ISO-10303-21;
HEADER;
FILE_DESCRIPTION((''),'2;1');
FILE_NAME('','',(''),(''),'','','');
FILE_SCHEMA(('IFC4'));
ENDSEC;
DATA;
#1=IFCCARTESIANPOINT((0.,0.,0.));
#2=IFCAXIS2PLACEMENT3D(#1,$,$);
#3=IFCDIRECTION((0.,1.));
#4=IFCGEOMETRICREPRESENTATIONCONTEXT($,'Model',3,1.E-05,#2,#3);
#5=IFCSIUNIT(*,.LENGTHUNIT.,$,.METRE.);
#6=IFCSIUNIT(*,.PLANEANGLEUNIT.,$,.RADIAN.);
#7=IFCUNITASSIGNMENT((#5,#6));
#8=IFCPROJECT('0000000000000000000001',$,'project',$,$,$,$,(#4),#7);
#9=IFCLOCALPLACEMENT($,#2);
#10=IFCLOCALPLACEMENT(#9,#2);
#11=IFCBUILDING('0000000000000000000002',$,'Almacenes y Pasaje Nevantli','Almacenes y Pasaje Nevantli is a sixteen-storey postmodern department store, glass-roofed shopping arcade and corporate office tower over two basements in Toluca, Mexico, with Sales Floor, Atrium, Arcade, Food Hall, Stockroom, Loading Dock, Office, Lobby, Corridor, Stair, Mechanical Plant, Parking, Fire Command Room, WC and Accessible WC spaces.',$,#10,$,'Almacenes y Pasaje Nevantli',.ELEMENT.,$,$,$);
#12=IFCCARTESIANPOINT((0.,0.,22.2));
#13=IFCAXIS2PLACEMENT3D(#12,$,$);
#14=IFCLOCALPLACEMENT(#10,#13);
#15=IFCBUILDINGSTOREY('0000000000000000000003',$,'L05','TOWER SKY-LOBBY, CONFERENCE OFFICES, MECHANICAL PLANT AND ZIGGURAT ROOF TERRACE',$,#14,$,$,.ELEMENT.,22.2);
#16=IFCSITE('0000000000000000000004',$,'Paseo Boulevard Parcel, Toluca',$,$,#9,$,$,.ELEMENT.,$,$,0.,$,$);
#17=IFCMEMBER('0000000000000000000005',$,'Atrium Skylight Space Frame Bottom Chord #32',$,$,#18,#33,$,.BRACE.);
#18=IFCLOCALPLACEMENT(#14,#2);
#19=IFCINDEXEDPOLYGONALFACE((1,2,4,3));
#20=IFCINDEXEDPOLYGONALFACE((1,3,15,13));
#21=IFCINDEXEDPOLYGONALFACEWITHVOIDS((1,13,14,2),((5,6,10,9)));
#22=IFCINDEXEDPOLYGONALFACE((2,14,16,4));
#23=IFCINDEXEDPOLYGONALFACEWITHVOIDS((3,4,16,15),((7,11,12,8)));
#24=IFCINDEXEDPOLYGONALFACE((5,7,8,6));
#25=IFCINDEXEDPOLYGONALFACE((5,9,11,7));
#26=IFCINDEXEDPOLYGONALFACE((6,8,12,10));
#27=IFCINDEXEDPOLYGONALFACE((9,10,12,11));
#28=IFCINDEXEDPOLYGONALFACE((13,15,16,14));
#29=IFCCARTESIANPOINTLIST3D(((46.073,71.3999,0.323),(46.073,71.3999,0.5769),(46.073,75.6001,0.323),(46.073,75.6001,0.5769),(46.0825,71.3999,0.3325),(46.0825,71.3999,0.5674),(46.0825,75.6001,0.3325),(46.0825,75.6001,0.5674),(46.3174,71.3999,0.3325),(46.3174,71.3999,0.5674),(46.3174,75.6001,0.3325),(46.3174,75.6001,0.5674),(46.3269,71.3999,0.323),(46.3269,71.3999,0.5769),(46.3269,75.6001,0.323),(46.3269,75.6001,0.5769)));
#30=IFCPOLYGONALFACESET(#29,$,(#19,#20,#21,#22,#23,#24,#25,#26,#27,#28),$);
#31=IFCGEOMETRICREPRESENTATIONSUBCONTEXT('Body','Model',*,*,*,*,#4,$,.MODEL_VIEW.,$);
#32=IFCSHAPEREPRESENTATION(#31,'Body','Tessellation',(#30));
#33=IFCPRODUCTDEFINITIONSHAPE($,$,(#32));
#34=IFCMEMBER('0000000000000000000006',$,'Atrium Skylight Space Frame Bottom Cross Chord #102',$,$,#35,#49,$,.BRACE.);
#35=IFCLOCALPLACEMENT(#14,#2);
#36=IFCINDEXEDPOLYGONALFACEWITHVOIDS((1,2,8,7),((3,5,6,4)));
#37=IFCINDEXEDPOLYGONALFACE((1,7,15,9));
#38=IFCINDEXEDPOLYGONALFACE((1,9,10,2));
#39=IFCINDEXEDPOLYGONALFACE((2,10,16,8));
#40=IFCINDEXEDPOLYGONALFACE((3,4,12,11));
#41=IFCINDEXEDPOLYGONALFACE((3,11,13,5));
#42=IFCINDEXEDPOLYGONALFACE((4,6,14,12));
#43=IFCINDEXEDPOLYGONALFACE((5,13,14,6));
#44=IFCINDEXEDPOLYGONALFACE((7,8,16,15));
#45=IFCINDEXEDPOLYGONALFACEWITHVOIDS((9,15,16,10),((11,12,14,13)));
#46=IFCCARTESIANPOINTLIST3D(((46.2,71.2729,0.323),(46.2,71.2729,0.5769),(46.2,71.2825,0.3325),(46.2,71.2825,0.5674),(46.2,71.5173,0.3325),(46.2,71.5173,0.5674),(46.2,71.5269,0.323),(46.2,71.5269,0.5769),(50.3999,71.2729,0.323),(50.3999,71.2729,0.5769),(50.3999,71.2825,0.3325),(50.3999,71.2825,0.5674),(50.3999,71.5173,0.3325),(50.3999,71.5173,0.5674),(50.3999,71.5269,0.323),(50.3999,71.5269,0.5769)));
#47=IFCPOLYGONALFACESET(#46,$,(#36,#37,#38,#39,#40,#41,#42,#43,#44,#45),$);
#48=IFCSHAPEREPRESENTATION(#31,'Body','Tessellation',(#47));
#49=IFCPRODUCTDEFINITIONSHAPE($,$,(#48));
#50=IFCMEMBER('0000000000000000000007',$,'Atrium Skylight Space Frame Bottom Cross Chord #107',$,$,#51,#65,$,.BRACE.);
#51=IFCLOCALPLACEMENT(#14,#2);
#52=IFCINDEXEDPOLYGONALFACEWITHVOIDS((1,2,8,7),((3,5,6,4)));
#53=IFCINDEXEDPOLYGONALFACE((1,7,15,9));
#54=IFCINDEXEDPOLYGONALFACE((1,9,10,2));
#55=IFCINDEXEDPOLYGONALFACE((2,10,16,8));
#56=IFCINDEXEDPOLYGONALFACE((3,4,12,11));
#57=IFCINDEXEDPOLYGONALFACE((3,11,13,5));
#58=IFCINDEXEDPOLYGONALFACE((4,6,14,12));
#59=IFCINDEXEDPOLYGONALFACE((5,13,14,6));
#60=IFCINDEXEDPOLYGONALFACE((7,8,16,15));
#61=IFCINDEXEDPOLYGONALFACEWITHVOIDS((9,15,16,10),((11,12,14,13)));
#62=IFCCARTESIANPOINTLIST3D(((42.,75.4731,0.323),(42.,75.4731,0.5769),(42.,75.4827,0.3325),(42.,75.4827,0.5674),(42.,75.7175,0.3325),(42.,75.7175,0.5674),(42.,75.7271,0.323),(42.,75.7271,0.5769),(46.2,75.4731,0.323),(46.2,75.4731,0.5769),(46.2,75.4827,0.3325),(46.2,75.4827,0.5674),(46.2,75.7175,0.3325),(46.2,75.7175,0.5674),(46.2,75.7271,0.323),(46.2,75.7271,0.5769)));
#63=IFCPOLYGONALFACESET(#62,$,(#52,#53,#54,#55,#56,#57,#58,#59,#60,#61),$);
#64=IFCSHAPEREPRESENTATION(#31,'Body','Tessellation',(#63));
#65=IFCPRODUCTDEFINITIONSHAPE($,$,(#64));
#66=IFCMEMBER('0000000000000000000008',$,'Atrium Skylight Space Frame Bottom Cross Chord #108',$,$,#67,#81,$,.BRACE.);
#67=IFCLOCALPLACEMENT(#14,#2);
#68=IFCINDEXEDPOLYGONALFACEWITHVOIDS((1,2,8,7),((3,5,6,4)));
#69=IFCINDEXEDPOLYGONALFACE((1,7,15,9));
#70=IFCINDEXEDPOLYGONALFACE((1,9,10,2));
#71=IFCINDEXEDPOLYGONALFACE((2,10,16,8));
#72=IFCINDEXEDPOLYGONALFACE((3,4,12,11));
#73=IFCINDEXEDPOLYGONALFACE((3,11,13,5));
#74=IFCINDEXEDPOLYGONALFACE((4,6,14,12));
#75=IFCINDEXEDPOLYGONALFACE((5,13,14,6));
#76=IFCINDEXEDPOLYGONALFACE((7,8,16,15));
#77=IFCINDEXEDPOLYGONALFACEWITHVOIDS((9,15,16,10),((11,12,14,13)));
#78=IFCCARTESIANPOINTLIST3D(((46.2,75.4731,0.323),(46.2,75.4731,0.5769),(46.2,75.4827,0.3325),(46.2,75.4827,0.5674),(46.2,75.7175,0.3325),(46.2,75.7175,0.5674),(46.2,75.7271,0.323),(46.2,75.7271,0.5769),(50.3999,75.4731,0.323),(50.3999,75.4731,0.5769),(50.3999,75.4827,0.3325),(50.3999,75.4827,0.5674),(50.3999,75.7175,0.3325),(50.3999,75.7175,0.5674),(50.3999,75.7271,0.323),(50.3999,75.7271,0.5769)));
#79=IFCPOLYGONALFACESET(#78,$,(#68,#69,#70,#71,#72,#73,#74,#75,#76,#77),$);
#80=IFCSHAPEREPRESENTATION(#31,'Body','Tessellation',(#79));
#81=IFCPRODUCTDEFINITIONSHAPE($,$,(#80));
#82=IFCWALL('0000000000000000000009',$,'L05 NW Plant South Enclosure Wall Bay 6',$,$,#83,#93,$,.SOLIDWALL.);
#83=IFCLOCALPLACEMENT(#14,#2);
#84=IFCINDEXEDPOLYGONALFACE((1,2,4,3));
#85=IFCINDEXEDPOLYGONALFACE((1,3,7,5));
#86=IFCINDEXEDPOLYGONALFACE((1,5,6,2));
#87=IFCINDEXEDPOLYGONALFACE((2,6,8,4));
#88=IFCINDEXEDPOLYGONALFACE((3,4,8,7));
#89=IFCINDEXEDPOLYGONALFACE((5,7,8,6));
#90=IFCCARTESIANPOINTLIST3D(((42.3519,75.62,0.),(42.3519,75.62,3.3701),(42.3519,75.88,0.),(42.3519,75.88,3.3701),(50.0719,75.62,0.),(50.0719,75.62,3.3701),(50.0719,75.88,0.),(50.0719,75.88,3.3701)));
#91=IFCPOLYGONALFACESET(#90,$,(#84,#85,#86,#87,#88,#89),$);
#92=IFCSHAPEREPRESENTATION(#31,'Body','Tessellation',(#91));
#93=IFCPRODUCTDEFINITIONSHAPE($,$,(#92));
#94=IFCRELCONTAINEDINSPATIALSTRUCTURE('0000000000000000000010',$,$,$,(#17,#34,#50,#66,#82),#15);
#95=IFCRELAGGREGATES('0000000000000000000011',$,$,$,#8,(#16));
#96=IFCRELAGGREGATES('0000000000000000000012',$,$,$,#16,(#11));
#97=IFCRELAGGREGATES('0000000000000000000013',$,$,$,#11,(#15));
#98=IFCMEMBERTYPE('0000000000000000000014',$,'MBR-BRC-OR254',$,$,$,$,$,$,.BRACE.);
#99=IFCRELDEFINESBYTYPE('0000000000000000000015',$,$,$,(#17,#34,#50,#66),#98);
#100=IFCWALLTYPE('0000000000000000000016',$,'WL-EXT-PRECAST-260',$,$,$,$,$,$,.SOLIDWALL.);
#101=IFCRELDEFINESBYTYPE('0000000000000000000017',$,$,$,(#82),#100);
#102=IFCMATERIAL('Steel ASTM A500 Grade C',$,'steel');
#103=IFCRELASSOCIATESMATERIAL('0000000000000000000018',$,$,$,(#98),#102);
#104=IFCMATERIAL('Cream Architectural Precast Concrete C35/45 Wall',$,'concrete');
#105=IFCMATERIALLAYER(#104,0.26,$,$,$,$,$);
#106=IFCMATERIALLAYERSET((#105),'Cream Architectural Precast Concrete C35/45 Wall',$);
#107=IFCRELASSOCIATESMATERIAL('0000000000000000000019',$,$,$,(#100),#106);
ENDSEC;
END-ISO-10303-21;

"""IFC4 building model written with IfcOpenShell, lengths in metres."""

from ifc_helpers import new_model, si_unit, direction, frame, frame_2d, origin, origin_2d, place, context, subcontext, project, spatial, rectangle, hollow_rectangle, extrude, material, layer, layer_set, material_profile, profile_set, type_object, element, save


model = new_model("IFC4")

# Units and contexts
model_context = context("Model", 3, precision=1e-05, world=origin(), true_north=direction((0.0, 1.0)))
body_context = subcontext(model_context, "Body", "Model", "MODEL_VIEW")
ifc_project = project(units=[si_unit("LENGTHUNIT", "METRE"), si_unit("PLANEANGLEUNIT", "RADIAN")], contexts=[model_context])

# Site, building, storey
site_placement = place(None, origin())
site = spatial("IfcSite", under=ifc_project, at=site_placement, Name="Paseo Boulevard Parcel, Toluca", CompositionType="ELEMENT", RefElevation=0.0)
building_placement = place(site_placement, origin())
building = spatial("IfcBuilding", under=site, at=building_placement, Name="Almacenes y Pasaje Nevantli", Description="Almacenes y Pasaje Nevantli is a sixteen-storey postmodern department store, glass-roofed shopping arcade and corporate office tower over two basements in Toluca, Mexico, with Sales Floor, Atrium, Arcade, Food Hall, Stockroom, Loading Dock, Office, Lobby, Corridor, Stair, Mechanical Plant, Parking, Fire Command Room, WC and Accessible WC spaces.", LongName="Almacenes y Pasaje Nevantli", CompositionType="ELEMENT")
storey_placement = place(building_placement, frame((0.0, 0.0, 22.2)))
storey = spatial("IfcBuildingStorey", under=building, at=storey_placement, Name="L05", Description="TOWER SKY-LOBBY, CONFERENCE OFFICES, MECHANICAL PLANT AND ZIGGURAT ROOF TERRACE", CompositionType="ELEMENT", Elevation=22.2)

# Members
ifc_material_1 = material(Name="Steel ASTM A500 Grade C", Category="steel")
ifc_material_profile_1 = material_profile(ifc_material_1, hollow_rectangle(XDim=0.2539, YDim=0.2539, WallThickness=0.0095, at=origin_2d()), Name="OR 254x254x9.5")
ifc_profile_set_1 = profile_set([ifc_material_profile_1], Name="Steel ASTM A500 Grade C")
member_type_1 = type_object("IfcMemberType", Name="MBR-BRC-OR254", PredefinedType="BRACE", material=ifc_profile_set_1)
member_1_placement = place(storey_placement, frame((46.2, 71.3999, 0.45), z_axis=(0.0, 1.0, 0.0), x_axis=(-1.0, 0.0, 0.0)))
element("IfcMember", 1, at=member_1_placement, inside=storey, type_object=member_type_1, Name="Atrium Skylight Space Frame Bottom Chord #32", PredefinedType="BRACE", context=body_context, shape_type="SweptSolid", body=[
    extrude(hollow_rectangle(XDim=0.2539, YDim=0.2539, WallThickness=0.0095, at=origin_2d()), origin(), (0.0, 0.0, 1.0), 4.2002),
])
for number, where, z_axis, x_axis, name in (
    (2, (46.2, 71.3999, 0.45), (1.0, 0.0, 0.0), (0.0, 1.0, 0.0), "Atrium Skylight Space Frame Bottom Cross Chord #102"),
    (3, (42.0, 75.6001, 0.45), (1.0, 0.0, 0.0), (0.0, 1.0, 0.0), "Atrium Skylight Space Frame Bottom Cross Chord #107"),
    (4, (46.2, 75.6001, 0.45), (1.0, 0.0, 0.0), (0.0, 1.0, 0.0), "Atrium Skylight Space Frame Bottom Cross Chord #108"),
):
    element("IfcMember", number, at=place(storey_placement, frame(where, z_axis=z_axis, x_axis=x_axis)), inside=storey, type_object=member_type_1, Name=name, PredefinedType="BRACE", context=body_context, shape_type="SweptSolid", body=[
        extrude(hollow_rectangle(XDim=0.2539, YDim=0.2539, WallThickness=0.0095, at=origin_2d()), origin(), (0.0, 0.0, 1.0), 4.2),
    ])

# Wall
ifc_material_2 = material(Name="Cream Architectural Precast Concrete C35/45 Wall", Category="concrete")
ifc_layer = layer(ifc_material_2, 0.26)
ifc_layer_set = layer_set([ifc_layer], Name="Cream Architectural Precast Concrete C35/45 Wall")
wall_type = type_object("IfcWallType", Name="WL-EXT-PRECAST-260", PredefinedType="SOLIDWALL", material=ifc_layer_set)
wall_placement = place(storey_placement, frame((42.3521, 75.75, 0.0), z_axis=(0.0, 0.0, 1.0), x_axis=(1.0, 0.0, 0.0)))
element("IfcWall", 5, at=wall_placement, inside=storey, type_object=wall_type, Name="L05 NW Plant South Enclosure Wall Bay 6", PredefinedType="SOLIDWALL", context=body_context, shape_type="SweptSolid", body=[
    extrude(rectangle(XDim=7.72, YDim=0.26, at=frame_2d((3.8599, 0.0))), origin(), (0.0, 0.0, 1.0), 3.3701),
])

save(model, "model.ifc")
